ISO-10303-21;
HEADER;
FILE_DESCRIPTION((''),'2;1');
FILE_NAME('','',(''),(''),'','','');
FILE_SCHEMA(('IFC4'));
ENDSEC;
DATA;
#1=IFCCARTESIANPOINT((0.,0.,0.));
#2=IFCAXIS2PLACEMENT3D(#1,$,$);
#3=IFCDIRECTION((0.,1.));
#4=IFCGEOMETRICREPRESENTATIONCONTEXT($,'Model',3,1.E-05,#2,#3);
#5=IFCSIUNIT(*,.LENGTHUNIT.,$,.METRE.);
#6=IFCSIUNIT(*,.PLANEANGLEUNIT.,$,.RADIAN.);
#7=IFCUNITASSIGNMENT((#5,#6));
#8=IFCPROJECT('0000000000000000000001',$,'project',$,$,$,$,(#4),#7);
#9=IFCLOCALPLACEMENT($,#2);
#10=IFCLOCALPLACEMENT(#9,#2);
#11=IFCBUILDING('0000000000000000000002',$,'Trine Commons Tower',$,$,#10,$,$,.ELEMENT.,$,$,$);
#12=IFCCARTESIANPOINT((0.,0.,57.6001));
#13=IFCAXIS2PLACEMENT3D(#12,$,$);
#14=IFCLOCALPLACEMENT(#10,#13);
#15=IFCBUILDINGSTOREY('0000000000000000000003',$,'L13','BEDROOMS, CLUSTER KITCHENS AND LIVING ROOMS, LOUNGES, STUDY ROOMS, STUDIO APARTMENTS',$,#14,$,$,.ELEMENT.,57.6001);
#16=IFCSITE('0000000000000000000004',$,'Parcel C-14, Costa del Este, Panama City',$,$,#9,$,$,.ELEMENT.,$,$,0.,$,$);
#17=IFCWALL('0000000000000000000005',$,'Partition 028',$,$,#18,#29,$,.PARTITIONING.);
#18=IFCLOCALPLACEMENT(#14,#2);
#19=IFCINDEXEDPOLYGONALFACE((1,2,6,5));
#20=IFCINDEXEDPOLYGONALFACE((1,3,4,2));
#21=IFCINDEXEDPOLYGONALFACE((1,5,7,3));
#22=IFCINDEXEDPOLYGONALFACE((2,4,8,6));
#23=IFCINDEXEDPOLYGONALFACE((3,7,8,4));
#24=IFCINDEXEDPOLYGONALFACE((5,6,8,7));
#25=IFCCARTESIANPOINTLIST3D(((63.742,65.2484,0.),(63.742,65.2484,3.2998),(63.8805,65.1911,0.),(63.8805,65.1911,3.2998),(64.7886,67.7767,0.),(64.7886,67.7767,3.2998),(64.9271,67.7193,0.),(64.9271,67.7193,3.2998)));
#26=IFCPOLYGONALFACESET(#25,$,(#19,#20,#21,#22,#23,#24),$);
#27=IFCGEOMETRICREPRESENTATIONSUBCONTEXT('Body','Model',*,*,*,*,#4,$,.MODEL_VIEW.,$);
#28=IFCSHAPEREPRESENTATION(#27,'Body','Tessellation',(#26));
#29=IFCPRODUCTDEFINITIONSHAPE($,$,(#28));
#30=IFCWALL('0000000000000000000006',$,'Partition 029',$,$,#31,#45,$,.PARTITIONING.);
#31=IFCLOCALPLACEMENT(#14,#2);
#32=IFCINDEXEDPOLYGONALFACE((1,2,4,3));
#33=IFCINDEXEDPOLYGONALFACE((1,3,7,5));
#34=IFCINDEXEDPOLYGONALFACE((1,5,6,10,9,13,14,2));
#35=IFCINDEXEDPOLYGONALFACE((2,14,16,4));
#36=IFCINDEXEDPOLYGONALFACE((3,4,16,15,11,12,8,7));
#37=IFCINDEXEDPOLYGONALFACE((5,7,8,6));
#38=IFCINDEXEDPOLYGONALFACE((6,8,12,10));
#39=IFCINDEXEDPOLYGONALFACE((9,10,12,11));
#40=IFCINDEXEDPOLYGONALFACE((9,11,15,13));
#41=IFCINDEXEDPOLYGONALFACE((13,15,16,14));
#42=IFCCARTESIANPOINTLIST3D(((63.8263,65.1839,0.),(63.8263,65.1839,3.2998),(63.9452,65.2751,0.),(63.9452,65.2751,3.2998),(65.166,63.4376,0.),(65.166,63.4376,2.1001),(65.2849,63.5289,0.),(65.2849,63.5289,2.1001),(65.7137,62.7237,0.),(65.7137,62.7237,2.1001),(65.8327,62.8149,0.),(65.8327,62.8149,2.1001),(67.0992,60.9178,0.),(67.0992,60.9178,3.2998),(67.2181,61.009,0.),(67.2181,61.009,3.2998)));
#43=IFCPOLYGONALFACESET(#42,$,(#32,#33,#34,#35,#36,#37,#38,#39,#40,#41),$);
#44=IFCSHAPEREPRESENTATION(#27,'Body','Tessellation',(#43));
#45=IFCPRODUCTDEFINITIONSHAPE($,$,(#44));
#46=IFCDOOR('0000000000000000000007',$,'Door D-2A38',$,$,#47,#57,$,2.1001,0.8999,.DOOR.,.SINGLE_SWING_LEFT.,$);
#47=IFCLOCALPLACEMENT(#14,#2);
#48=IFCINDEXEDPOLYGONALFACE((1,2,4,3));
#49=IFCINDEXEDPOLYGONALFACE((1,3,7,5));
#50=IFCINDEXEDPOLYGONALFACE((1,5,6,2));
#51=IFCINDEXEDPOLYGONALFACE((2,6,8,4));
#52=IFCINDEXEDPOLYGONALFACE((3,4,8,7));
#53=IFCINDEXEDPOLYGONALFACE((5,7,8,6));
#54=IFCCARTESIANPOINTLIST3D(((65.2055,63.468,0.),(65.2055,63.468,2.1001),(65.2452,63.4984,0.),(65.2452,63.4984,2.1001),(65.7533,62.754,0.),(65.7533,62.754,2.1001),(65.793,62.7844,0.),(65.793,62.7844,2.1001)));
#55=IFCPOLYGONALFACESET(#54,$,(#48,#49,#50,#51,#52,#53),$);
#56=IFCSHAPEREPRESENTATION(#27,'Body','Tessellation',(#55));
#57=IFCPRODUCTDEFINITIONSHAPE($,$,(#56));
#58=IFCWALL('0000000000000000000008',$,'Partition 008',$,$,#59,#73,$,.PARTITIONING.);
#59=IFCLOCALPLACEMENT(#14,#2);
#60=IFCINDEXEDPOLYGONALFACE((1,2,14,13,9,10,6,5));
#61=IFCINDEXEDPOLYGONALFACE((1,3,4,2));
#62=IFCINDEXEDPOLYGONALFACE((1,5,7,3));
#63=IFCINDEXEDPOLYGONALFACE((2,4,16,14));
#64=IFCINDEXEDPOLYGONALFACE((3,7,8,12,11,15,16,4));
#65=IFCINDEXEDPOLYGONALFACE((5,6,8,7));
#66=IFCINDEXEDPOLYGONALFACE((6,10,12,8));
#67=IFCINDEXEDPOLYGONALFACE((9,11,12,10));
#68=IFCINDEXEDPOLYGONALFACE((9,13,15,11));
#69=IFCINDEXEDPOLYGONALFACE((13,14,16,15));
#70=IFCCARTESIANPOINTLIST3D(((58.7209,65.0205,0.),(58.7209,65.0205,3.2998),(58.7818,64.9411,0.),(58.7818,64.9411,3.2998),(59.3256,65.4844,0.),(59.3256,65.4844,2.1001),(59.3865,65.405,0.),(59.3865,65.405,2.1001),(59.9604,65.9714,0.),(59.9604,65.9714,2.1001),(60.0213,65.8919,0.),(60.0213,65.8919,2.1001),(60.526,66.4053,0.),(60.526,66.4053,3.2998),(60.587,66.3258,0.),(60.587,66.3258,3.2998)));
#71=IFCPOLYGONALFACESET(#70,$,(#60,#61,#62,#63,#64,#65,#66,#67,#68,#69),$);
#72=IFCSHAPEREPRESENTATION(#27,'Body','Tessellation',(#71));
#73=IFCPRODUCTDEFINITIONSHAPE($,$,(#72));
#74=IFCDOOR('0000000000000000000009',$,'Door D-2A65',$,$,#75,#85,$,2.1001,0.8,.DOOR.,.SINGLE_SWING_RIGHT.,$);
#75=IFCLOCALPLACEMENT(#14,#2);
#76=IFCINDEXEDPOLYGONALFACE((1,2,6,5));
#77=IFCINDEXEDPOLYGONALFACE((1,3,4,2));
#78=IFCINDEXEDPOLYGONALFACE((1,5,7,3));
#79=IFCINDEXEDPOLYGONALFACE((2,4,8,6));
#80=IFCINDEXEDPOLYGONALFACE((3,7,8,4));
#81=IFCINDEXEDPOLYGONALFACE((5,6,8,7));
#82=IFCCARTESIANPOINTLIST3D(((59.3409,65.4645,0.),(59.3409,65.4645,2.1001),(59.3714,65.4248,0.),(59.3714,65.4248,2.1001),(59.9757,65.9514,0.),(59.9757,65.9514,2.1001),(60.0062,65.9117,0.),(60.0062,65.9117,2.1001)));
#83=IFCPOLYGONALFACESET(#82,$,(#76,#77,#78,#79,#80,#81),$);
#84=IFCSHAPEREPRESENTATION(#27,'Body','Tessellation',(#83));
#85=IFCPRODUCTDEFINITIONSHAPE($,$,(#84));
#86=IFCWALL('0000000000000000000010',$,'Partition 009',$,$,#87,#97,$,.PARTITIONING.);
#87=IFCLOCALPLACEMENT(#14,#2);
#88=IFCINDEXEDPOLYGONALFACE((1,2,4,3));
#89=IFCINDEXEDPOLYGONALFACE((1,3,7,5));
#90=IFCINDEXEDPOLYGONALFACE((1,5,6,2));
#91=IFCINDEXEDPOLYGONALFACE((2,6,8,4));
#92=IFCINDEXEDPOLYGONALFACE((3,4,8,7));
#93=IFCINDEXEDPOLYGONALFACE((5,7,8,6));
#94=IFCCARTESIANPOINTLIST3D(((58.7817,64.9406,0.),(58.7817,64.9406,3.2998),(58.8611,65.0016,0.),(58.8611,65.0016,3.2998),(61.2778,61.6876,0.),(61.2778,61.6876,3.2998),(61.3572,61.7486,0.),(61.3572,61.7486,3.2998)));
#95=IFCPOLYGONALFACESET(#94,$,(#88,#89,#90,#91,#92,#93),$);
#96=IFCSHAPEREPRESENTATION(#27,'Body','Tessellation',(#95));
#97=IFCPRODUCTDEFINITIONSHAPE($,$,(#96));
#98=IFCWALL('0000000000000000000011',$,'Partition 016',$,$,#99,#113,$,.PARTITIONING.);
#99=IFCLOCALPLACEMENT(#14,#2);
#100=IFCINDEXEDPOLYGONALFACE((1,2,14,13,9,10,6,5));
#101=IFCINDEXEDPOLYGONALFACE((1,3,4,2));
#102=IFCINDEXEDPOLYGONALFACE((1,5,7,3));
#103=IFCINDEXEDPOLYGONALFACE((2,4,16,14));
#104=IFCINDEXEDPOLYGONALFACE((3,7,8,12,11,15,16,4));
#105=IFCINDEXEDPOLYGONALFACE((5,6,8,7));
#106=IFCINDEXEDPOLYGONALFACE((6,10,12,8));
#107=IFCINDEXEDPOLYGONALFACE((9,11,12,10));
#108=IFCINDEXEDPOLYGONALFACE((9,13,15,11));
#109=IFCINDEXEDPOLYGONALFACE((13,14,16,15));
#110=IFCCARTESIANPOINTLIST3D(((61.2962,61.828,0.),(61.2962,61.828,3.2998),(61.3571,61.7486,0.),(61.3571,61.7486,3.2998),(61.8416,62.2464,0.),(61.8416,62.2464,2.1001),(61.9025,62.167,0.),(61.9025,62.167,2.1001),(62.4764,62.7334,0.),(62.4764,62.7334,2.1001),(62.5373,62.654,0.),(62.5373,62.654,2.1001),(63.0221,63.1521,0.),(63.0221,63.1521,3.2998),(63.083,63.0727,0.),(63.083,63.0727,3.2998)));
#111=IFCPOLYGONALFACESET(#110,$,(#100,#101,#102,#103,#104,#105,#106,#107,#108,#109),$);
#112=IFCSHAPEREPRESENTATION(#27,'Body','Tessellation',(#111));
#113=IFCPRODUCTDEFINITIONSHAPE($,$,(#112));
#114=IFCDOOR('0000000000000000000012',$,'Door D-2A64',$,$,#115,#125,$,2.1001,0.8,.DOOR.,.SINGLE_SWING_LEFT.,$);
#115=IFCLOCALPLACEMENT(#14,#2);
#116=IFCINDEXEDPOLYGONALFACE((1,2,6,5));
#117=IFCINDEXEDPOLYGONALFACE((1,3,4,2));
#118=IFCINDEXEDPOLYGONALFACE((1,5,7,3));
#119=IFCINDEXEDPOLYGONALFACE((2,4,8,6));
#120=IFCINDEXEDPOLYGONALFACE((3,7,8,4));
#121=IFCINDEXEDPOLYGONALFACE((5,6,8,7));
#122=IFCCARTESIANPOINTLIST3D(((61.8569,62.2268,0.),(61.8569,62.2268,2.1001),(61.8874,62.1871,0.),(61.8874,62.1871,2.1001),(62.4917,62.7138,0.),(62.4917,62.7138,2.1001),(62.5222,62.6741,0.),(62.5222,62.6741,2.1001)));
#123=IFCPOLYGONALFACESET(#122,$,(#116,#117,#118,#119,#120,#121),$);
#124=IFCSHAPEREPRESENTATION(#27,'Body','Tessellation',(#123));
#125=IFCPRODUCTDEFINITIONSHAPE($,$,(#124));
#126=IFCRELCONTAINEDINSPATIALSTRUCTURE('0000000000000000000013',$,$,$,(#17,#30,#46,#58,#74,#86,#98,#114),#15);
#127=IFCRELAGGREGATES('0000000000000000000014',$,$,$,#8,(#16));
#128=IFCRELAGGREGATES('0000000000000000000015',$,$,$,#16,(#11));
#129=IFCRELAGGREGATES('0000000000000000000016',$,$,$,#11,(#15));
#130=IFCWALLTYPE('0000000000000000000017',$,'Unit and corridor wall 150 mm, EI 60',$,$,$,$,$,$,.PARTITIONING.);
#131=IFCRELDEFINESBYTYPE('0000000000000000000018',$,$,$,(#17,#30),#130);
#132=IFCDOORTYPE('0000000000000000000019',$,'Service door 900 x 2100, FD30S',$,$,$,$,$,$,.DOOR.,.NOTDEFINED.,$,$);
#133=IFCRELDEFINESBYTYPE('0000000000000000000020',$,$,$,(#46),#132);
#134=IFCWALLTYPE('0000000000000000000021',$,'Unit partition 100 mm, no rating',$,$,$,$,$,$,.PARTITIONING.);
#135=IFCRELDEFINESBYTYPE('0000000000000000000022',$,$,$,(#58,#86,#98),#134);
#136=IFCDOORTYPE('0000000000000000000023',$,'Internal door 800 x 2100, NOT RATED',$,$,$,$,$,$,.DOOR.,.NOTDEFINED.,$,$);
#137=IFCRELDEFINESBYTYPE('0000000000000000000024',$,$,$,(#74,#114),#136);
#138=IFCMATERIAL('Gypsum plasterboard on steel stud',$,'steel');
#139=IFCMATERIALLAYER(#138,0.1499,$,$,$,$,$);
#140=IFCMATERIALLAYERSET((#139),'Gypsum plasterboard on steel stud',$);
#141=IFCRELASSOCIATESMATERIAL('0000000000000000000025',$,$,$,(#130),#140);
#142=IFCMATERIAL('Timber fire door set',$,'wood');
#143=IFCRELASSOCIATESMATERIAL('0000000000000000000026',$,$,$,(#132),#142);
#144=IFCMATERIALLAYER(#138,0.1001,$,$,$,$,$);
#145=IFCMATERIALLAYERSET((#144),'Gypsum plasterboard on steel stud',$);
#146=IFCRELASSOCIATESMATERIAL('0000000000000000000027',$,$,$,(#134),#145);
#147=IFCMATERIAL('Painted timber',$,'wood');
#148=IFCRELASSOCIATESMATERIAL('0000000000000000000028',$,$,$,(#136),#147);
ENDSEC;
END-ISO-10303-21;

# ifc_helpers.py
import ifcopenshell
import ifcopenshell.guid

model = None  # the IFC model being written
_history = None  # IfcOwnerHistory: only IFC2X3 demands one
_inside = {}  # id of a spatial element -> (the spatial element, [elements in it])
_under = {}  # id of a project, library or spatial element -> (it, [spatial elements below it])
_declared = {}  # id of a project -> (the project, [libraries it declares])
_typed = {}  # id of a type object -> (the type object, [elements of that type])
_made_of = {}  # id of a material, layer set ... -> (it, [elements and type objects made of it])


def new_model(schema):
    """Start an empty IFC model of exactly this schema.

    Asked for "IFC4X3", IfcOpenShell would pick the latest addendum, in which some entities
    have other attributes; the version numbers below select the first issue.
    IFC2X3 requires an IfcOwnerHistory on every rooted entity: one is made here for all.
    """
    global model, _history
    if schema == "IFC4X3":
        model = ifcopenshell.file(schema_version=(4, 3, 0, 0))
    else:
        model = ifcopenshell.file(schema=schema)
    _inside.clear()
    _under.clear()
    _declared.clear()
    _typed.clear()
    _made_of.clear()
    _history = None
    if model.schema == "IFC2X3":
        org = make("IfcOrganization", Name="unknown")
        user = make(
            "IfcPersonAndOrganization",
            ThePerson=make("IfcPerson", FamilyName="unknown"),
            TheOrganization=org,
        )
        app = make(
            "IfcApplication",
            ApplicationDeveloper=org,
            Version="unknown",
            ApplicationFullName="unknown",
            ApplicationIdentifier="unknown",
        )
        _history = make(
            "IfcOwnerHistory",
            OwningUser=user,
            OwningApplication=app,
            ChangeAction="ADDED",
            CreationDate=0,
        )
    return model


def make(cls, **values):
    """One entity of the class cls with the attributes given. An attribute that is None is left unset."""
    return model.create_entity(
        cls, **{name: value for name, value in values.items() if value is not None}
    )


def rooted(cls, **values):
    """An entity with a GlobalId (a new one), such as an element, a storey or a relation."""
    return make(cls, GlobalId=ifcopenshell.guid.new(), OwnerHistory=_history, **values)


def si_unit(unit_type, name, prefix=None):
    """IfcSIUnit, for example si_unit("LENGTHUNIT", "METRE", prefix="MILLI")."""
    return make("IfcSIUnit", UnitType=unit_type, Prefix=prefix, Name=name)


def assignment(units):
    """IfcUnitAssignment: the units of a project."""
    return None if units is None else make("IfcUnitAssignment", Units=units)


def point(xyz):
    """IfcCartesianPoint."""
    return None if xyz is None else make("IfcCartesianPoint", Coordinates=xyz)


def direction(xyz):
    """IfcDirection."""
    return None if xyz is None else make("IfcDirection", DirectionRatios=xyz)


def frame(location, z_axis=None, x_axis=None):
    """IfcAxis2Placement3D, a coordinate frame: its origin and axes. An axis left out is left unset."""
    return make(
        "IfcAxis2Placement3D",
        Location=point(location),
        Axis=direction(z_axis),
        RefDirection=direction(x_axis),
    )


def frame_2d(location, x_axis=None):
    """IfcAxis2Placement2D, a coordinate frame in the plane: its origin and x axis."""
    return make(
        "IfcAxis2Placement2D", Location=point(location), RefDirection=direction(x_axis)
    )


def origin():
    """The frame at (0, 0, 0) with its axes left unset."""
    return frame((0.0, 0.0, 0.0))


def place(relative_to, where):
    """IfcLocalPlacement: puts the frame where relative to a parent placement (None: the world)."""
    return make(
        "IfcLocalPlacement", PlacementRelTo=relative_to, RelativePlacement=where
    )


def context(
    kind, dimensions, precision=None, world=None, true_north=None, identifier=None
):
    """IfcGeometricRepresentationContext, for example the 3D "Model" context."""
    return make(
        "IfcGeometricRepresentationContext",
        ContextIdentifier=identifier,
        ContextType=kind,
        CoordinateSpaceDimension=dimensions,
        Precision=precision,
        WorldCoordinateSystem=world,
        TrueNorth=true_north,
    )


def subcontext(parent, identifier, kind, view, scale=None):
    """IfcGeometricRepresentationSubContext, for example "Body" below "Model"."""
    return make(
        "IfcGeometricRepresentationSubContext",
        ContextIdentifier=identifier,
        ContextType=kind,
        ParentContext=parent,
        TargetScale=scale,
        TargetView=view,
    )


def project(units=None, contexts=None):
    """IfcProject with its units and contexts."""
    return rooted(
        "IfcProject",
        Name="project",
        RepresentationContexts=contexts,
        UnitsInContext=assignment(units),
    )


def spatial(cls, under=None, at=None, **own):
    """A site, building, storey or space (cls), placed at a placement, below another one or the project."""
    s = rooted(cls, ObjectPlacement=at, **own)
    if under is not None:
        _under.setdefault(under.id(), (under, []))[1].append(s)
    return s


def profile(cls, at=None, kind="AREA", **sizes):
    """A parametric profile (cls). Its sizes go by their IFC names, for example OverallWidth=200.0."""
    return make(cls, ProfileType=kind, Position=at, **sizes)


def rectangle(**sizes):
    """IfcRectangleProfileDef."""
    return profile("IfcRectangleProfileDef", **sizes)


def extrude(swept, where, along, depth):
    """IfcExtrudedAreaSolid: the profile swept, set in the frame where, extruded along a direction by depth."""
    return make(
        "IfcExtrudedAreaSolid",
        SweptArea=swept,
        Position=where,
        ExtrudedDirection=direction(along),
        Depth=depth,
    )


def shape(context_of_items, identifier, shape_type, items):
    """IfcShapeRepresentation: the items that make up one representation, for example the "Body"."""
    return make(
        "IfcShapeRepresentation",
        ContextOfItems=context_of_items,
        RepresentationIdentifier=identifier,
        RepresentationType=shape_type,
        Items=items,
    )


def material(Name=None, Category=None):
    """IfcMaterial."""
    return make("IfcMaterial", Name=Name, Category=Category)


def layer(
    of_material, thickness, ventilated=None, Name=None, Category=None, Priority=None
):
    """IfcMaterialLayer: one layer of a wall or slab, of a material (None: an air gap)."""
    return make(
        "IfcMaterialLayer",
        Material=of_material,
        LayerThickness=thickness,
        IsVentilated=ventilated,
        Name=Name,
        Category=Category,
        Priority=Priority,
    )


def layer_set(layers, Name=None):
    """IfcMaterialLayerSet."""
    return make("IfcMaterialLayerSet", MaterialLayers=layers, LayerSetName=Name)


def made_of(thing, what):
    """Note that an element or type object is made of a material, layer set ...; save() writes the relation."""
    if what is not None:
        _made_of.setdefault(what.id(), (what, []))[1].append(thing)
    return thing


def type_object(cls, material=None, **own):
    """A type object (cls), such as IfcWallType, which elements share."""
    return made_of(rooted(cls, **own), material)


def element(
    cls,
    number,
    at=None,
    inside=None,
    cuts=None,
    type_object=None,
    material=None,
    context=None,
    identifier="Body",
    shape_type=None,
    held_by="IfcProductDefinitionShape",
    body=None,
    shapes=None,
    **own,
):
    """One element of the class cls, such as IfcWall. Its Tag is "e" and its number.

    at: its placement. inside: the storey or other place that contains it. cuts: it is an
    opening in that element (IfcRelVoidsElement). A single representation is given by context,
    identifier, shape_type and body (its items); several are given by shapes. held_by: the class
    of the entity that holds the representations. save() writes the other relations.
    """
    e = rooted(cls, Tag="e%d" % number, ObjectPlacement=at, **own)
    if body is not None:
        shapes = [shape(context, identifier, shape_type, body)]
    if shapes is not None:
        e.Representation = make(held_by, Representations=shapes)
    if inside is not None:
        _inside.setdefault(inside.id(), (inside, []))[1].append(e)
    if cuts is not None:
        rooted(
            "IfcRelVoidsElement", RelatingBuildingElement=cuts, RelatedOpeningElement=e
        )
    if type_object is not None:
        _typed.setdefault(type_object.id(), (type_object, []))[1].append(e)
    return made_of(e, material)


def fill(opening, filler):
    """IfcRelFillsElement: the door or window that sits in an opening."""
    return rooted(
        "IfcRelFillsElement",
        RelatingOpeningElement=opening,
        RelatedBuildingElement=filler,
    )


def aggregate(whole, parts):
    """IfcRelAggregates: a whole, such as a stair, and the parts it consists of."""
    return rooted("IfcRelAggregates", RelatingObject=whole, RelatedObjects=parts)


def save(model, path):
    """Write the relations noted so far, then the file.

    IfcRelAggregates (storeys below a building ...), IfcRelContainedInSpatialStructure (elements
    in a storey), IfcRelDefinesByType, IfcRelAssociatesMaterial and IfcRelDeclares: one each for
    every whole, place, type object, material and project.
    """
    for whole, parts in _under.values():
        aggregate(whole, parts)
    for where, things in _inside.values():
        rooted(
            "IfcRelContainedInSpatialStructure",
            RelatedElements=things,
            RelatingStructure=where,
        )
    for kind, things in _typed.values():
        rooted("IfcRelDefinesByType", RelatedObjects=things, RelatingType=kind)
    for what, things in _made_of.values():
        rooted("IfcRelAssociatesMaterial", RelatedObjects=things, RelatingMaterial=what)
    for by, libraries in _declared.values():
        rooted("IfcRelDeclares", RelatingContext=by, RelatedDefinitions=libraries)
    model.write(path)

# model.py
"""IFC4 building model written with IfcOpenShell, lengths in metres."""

from ifc_helpers import new_model, si_unit, direction, frame, frame_2d, origin, place, context, subcontext, project, spatial, rectangle, extrude, material, layer, layer_set, type_object, element, fill, save


model = new_model("IFC4")

# Units and contexts
model_context = context("Model", 3, precision=1e-05, world=origin(), true_north=direction((0.0, 1.0)))
body_context = subcontext(model_context, "Body", "Model", "MODEL_VIEW")
ifc_project = project(units=[si_unit("LENGTHUNIT", "METRE"), si_unit("PLANEANGLEUNIT", "RADIAN")], contexts=[model_context])

# Site, building, storey
site_placement = place(None, origin())
site = spatial("IfcSite", under=ifc_project, at=site_placement, Name="Parcel C-14, Costa del Este, Panama City", CompositionType="ELEMENT", RefElevation=0.0)
building_placement = place(site_placement, origin())
building = spatial("IfcBuilding", under=site, at=building_placement, Name="Trine Commons Tower", CompositionType="ELEMENT")
storey_placement = place(building_placement, frame((0.0, 0.0, 57.6001)))
storey = spatial("IfcBuildingStorey", under=building, at=storey_placement, Name="L13", Description="BEDROOMS, CLUSTER KITCHENS AND LIVING ROOMS, LOUNGES, STUDY ROOMS, STUDIO APARTMENTS", CompositionType="ELEMENT", Elevation=57.6001)

# Shared definitions
ifc_material_1 = material(Name="Gypsum plasterboard on steel stud", Category="steel")
ifc_layer_1 = layer(ifc_material_1, 0.1499)
ifc_layer_set_1 = layer_set([ifc_layer_1], Name="Gypsum plasterboard on steel stud")
wall_type_1 = type_object("IfcWallType", Name="Unit and corridor wall 150 mm, EI 60", PredefinedType="PARTITIONING", material=ifc_layer_set_1)

# Shared definitions
ifc_material_2 = material(Name="Painted timber", Category="wood")
ifc_material_3 = material(Name="Timber fire door set", Category="wood")

# Wall
wall_1_placement = place(storey_placement, frame((63.8113, 65.2197, 0.0), z_axis=(0.0, 0.0, 1.0), x_axis=(0.382486, 0.923961, 0.0)))
element("IfcWall", 1, at=wall_1_placement, inside=storey, type_object=wall_type_1, Name="Partition 028", PredefinedType="PARTITIONING", context=body_context, shape_type="SweptSolid", body=[
    extrude(rectangle(XDim=2.7363, YDim=0.1499, at=frame_2d((1.3682, 0.0))), origin(), (0.0, 0.0, 1.0), 3.2998),
])

# Walls, openings, doors
wall_2_placement = place(storey_placement, frame((63.8857, 65.2295, 0.0), z_axis=(0.0, 0.0, 1.0), x_axis=(0.608697, -0.793403, 0.0)))
wall_2 = element("IfcWall", 2, at=wall_2_placement, inside=storey, type_object=wall_type_1, Name="Partition 029", PredefinedType="PARTITIONING", context=body_context, shape_type="SweptSolid", body=[
    extrude(rectangle(XDim=5.377, YDim=0.1499, at=frame_2d((2.6885, 0.0))), origin(), (0.0, 0.0, 1.0), 3.2998),
])
opening_1_placement = place(wall_2_placement, frame((2.2009, 0.0, 0.0)))
opening_1 = element("IfcOpeningElement", 3, at=opening_1_placement, cuts=wall_2, PredefinedType="OPENING", context=body_context, shape_type="SweptSolid", body=[
    extrude(rectangle(XDim=0.8999, YDim=2.1001, at=frame_2d((0.45, 1.05))), frame((0.0, 0.085, 0.0), z_axis=(0.0, -1.0, 0.0), x_axis=(1.0, 0.0, 0.0)), (0.0, 0.0, 1.0), 0.1699),
])
door_type_1 = type_object("IfcDoorType", Name="Service door 900 x 2100, FD30S", OperationType="NOTDEFINED", PredefinedType="DOOR", material=ifc_material_3)
door_1_placement = place(opening_1_placement, origin())
door_1 = element("IfcDoor", 4, at=door_1_placement, inside=storey, type_object=door_type_1, Name="Door D-2A38", OperationType="SINGLE_SWING_LEFT", OverallHeight=2.1001, OverallWidth=0.8999, PredefinedType="DOOR", context=body_context, shape_type="SweptSolid", body=[
    extrude(rectangle(XDim=0.8999, YDim=2.1001, at=frame_2d((0.45, 1.05))), frame((0.0, 0.0249, 0.0), z_axis=(0.0, -1.0, 0.0), x_axis=(1.0, 0.0, 0.0)), (0.0, 0.0, 1.0), 0.05),
])
fill(opening_1, door_1)
ifc_layer_2 = layer(ifc_material_1, 0.1001)
ifc_layer_set_2 = layer_set([ifc_layer_2], Name="Gypsum plasterboard on steel stud")
wall_type_2 = type_object("IfcWallType", Name="Unit partition 100 mm, no rating", PredefinedType="PARTITIONING", material=ifc_layer_set_2)
wall_3_placement = place(storey_placement, frame((58.7512, 64.9807, 0.0), z_axis=(0.0, 0.0, 1.0), x_axis=(0.793437, 0.608652, 0.0)))
wall_3 = element("IfcWall", 5, at=wall_3_placement, inside=storey, type_object=wall_type_2, Name="Partition 008", PredefinedType="PARTITIONING", context=body_context, shape_type="SweptSolid", body=[
    extrude(rectangle(XDim=2.2751, YDim=0.1001, at=frame_2d((1.1377, 0.0))), origin(), (0.0, 0.0, 1.0), 3.2998),
])
opening_2_placement = place(wall_3_placement, frame((0.7625, 0.0, 0.0)))
opening_2 = element("IfcOpeningElement", 6, at=opening_2_placement, cuts=wall_3, PredefinedType="OPENING", context=body_context, shape_type="SweptSolid", body=[
    extrude(rectangle(XDim=0.8, YDim=2.1001, at=frame_2d((0.3999, 1.05))), frame((0.0, 0.0601, 0.0), z_axis=(0.0, -1.0, 0.0), x_axis=(1.0, 0.0, 0.0)), (0.0, 0.0, 1.0), 0.1201),
])
door_type_2 = type_object("IfcDoorType", Name="Internal door 800 x 2100, NOT RATED", OperationType="NOTDEFINED", PredefinedType="DOOR", material=ifc_material_2)
door_2_placement = place(opening_2_placement, origin())
door_2 = element("IfcDoor", 7, at=door_2_placement, inside=storey, type_object=door_type_2, Name="Door D-2A65", OperationType="SINGLE_SWING_RIGHT", OverallHeight=2.1001, OverallWidth=0.8, PredefinedType="DOOR", context=body_context, shape_type="SweptSolid", body=[
    extrude(rectangle(XDim=0.8, YDim=2.1001, at=frame_2d((0.3999, 1.05))), frame((0.0, 0.0249, 0.0), z_axis=(0.0, -1.0, 0.0), x_axis=(1.0, 0.0, 0.0)), (0.0, 0.0, 1.0), 0.05),
])
fill(opening_2, door_2)

# Wall
wall_4_placement = place(storey_placement, frame((58.8213, 64.9712, 0.0), z_axis=(0.0, 0.0, 1.0), x_axis=(0.608766, -0.793349, 0.0)))
element("IfcWall", 8, at=wall_4_placement, inside=storey, type_object=wall_type_2, Name="Partition 009", PredefinedType="PARTITIONING", context=body_context, shape_type="SweptSolid", body=[
    extrude(rectangle(XDim=4.1003, YDim=0.1001, at=frame_2d((2.0503, 0.0))), origin(), (0.0, 0.0, 1.0), 3.2998),
])

# Wall, opening, door
wall_5_placement = place(storey_placement, frame((61.3267, 61.7883, 0.0), z_axis=(0.0, 0.0, 1.0), x_axis=(0.79342, 0.608674, 0.0)))
wall_5 = element("IfcWall", 9, at=wall_5_placement, inside=storey, type_object=wall_type_2, Name="Partition 016", PredefinedType="PARTITIONING", context=body_context, shape_type="SweptSolid", body=[
    extrude(rectangle(XDim=2.1753, YDim=0.1001, at=frame_2d((1.0876, 0.0))), origin(), (0.0, 0.0, 1.0), 3.2998),
])
opening_3_placement = place(wall_5_placement, frame((0.6875, 0.0, 0.0)))
opening_3 = element("IfcOpeningElement", 10, at=opening_3_placement, cuts=wall_5, PredefinedType="OPENING", context=body_context, shape_type="SweptSolid", body=[
    extrude(rectangle(XDim=0.8, YDim=2.1001, at=frame_2d((0.3999, 1.05))), frame((0.0, 0.0601, 0.0), z_axis=(0.0, -1.0, 0.0), x_axis=(1.0, 0.0, 0.0)), (0.0, 0.0, 1.0), 0.1201),
])
door_3_placement = place(opening_3_placement, frame((0.8, 0.0, 0.0), z_axis=(0.0, 0.0, 1.0), x_axis=(-1.0, 0.0, 0.0)))
door_3 = element("IfcDoor", 11, at=door_3_placement, inside=storey, type_object=door_type_2, Name="Door D-2A64", OperationType="SINGLE_SWING_LEFT", OverallHeight=2.1001, OverallWidth=0.8, PredefinedType="DOOR", context=body_context, shape_type="SweptSolid", body=[
    extrude(rectangle(XDim=0.8, YDim=2.1001, at=frame_2d((0.3999, 1.05))), frame((0.0, 0.0249, 0.0), z_axis=(0.0, -1.0, 0.0), x_axis=(1.0, 0.0, 0.0)), (0.0, 0.0, 1.0), 0.05),
])
fill(opening_3, door_3)

save(model, "model.ifc")
